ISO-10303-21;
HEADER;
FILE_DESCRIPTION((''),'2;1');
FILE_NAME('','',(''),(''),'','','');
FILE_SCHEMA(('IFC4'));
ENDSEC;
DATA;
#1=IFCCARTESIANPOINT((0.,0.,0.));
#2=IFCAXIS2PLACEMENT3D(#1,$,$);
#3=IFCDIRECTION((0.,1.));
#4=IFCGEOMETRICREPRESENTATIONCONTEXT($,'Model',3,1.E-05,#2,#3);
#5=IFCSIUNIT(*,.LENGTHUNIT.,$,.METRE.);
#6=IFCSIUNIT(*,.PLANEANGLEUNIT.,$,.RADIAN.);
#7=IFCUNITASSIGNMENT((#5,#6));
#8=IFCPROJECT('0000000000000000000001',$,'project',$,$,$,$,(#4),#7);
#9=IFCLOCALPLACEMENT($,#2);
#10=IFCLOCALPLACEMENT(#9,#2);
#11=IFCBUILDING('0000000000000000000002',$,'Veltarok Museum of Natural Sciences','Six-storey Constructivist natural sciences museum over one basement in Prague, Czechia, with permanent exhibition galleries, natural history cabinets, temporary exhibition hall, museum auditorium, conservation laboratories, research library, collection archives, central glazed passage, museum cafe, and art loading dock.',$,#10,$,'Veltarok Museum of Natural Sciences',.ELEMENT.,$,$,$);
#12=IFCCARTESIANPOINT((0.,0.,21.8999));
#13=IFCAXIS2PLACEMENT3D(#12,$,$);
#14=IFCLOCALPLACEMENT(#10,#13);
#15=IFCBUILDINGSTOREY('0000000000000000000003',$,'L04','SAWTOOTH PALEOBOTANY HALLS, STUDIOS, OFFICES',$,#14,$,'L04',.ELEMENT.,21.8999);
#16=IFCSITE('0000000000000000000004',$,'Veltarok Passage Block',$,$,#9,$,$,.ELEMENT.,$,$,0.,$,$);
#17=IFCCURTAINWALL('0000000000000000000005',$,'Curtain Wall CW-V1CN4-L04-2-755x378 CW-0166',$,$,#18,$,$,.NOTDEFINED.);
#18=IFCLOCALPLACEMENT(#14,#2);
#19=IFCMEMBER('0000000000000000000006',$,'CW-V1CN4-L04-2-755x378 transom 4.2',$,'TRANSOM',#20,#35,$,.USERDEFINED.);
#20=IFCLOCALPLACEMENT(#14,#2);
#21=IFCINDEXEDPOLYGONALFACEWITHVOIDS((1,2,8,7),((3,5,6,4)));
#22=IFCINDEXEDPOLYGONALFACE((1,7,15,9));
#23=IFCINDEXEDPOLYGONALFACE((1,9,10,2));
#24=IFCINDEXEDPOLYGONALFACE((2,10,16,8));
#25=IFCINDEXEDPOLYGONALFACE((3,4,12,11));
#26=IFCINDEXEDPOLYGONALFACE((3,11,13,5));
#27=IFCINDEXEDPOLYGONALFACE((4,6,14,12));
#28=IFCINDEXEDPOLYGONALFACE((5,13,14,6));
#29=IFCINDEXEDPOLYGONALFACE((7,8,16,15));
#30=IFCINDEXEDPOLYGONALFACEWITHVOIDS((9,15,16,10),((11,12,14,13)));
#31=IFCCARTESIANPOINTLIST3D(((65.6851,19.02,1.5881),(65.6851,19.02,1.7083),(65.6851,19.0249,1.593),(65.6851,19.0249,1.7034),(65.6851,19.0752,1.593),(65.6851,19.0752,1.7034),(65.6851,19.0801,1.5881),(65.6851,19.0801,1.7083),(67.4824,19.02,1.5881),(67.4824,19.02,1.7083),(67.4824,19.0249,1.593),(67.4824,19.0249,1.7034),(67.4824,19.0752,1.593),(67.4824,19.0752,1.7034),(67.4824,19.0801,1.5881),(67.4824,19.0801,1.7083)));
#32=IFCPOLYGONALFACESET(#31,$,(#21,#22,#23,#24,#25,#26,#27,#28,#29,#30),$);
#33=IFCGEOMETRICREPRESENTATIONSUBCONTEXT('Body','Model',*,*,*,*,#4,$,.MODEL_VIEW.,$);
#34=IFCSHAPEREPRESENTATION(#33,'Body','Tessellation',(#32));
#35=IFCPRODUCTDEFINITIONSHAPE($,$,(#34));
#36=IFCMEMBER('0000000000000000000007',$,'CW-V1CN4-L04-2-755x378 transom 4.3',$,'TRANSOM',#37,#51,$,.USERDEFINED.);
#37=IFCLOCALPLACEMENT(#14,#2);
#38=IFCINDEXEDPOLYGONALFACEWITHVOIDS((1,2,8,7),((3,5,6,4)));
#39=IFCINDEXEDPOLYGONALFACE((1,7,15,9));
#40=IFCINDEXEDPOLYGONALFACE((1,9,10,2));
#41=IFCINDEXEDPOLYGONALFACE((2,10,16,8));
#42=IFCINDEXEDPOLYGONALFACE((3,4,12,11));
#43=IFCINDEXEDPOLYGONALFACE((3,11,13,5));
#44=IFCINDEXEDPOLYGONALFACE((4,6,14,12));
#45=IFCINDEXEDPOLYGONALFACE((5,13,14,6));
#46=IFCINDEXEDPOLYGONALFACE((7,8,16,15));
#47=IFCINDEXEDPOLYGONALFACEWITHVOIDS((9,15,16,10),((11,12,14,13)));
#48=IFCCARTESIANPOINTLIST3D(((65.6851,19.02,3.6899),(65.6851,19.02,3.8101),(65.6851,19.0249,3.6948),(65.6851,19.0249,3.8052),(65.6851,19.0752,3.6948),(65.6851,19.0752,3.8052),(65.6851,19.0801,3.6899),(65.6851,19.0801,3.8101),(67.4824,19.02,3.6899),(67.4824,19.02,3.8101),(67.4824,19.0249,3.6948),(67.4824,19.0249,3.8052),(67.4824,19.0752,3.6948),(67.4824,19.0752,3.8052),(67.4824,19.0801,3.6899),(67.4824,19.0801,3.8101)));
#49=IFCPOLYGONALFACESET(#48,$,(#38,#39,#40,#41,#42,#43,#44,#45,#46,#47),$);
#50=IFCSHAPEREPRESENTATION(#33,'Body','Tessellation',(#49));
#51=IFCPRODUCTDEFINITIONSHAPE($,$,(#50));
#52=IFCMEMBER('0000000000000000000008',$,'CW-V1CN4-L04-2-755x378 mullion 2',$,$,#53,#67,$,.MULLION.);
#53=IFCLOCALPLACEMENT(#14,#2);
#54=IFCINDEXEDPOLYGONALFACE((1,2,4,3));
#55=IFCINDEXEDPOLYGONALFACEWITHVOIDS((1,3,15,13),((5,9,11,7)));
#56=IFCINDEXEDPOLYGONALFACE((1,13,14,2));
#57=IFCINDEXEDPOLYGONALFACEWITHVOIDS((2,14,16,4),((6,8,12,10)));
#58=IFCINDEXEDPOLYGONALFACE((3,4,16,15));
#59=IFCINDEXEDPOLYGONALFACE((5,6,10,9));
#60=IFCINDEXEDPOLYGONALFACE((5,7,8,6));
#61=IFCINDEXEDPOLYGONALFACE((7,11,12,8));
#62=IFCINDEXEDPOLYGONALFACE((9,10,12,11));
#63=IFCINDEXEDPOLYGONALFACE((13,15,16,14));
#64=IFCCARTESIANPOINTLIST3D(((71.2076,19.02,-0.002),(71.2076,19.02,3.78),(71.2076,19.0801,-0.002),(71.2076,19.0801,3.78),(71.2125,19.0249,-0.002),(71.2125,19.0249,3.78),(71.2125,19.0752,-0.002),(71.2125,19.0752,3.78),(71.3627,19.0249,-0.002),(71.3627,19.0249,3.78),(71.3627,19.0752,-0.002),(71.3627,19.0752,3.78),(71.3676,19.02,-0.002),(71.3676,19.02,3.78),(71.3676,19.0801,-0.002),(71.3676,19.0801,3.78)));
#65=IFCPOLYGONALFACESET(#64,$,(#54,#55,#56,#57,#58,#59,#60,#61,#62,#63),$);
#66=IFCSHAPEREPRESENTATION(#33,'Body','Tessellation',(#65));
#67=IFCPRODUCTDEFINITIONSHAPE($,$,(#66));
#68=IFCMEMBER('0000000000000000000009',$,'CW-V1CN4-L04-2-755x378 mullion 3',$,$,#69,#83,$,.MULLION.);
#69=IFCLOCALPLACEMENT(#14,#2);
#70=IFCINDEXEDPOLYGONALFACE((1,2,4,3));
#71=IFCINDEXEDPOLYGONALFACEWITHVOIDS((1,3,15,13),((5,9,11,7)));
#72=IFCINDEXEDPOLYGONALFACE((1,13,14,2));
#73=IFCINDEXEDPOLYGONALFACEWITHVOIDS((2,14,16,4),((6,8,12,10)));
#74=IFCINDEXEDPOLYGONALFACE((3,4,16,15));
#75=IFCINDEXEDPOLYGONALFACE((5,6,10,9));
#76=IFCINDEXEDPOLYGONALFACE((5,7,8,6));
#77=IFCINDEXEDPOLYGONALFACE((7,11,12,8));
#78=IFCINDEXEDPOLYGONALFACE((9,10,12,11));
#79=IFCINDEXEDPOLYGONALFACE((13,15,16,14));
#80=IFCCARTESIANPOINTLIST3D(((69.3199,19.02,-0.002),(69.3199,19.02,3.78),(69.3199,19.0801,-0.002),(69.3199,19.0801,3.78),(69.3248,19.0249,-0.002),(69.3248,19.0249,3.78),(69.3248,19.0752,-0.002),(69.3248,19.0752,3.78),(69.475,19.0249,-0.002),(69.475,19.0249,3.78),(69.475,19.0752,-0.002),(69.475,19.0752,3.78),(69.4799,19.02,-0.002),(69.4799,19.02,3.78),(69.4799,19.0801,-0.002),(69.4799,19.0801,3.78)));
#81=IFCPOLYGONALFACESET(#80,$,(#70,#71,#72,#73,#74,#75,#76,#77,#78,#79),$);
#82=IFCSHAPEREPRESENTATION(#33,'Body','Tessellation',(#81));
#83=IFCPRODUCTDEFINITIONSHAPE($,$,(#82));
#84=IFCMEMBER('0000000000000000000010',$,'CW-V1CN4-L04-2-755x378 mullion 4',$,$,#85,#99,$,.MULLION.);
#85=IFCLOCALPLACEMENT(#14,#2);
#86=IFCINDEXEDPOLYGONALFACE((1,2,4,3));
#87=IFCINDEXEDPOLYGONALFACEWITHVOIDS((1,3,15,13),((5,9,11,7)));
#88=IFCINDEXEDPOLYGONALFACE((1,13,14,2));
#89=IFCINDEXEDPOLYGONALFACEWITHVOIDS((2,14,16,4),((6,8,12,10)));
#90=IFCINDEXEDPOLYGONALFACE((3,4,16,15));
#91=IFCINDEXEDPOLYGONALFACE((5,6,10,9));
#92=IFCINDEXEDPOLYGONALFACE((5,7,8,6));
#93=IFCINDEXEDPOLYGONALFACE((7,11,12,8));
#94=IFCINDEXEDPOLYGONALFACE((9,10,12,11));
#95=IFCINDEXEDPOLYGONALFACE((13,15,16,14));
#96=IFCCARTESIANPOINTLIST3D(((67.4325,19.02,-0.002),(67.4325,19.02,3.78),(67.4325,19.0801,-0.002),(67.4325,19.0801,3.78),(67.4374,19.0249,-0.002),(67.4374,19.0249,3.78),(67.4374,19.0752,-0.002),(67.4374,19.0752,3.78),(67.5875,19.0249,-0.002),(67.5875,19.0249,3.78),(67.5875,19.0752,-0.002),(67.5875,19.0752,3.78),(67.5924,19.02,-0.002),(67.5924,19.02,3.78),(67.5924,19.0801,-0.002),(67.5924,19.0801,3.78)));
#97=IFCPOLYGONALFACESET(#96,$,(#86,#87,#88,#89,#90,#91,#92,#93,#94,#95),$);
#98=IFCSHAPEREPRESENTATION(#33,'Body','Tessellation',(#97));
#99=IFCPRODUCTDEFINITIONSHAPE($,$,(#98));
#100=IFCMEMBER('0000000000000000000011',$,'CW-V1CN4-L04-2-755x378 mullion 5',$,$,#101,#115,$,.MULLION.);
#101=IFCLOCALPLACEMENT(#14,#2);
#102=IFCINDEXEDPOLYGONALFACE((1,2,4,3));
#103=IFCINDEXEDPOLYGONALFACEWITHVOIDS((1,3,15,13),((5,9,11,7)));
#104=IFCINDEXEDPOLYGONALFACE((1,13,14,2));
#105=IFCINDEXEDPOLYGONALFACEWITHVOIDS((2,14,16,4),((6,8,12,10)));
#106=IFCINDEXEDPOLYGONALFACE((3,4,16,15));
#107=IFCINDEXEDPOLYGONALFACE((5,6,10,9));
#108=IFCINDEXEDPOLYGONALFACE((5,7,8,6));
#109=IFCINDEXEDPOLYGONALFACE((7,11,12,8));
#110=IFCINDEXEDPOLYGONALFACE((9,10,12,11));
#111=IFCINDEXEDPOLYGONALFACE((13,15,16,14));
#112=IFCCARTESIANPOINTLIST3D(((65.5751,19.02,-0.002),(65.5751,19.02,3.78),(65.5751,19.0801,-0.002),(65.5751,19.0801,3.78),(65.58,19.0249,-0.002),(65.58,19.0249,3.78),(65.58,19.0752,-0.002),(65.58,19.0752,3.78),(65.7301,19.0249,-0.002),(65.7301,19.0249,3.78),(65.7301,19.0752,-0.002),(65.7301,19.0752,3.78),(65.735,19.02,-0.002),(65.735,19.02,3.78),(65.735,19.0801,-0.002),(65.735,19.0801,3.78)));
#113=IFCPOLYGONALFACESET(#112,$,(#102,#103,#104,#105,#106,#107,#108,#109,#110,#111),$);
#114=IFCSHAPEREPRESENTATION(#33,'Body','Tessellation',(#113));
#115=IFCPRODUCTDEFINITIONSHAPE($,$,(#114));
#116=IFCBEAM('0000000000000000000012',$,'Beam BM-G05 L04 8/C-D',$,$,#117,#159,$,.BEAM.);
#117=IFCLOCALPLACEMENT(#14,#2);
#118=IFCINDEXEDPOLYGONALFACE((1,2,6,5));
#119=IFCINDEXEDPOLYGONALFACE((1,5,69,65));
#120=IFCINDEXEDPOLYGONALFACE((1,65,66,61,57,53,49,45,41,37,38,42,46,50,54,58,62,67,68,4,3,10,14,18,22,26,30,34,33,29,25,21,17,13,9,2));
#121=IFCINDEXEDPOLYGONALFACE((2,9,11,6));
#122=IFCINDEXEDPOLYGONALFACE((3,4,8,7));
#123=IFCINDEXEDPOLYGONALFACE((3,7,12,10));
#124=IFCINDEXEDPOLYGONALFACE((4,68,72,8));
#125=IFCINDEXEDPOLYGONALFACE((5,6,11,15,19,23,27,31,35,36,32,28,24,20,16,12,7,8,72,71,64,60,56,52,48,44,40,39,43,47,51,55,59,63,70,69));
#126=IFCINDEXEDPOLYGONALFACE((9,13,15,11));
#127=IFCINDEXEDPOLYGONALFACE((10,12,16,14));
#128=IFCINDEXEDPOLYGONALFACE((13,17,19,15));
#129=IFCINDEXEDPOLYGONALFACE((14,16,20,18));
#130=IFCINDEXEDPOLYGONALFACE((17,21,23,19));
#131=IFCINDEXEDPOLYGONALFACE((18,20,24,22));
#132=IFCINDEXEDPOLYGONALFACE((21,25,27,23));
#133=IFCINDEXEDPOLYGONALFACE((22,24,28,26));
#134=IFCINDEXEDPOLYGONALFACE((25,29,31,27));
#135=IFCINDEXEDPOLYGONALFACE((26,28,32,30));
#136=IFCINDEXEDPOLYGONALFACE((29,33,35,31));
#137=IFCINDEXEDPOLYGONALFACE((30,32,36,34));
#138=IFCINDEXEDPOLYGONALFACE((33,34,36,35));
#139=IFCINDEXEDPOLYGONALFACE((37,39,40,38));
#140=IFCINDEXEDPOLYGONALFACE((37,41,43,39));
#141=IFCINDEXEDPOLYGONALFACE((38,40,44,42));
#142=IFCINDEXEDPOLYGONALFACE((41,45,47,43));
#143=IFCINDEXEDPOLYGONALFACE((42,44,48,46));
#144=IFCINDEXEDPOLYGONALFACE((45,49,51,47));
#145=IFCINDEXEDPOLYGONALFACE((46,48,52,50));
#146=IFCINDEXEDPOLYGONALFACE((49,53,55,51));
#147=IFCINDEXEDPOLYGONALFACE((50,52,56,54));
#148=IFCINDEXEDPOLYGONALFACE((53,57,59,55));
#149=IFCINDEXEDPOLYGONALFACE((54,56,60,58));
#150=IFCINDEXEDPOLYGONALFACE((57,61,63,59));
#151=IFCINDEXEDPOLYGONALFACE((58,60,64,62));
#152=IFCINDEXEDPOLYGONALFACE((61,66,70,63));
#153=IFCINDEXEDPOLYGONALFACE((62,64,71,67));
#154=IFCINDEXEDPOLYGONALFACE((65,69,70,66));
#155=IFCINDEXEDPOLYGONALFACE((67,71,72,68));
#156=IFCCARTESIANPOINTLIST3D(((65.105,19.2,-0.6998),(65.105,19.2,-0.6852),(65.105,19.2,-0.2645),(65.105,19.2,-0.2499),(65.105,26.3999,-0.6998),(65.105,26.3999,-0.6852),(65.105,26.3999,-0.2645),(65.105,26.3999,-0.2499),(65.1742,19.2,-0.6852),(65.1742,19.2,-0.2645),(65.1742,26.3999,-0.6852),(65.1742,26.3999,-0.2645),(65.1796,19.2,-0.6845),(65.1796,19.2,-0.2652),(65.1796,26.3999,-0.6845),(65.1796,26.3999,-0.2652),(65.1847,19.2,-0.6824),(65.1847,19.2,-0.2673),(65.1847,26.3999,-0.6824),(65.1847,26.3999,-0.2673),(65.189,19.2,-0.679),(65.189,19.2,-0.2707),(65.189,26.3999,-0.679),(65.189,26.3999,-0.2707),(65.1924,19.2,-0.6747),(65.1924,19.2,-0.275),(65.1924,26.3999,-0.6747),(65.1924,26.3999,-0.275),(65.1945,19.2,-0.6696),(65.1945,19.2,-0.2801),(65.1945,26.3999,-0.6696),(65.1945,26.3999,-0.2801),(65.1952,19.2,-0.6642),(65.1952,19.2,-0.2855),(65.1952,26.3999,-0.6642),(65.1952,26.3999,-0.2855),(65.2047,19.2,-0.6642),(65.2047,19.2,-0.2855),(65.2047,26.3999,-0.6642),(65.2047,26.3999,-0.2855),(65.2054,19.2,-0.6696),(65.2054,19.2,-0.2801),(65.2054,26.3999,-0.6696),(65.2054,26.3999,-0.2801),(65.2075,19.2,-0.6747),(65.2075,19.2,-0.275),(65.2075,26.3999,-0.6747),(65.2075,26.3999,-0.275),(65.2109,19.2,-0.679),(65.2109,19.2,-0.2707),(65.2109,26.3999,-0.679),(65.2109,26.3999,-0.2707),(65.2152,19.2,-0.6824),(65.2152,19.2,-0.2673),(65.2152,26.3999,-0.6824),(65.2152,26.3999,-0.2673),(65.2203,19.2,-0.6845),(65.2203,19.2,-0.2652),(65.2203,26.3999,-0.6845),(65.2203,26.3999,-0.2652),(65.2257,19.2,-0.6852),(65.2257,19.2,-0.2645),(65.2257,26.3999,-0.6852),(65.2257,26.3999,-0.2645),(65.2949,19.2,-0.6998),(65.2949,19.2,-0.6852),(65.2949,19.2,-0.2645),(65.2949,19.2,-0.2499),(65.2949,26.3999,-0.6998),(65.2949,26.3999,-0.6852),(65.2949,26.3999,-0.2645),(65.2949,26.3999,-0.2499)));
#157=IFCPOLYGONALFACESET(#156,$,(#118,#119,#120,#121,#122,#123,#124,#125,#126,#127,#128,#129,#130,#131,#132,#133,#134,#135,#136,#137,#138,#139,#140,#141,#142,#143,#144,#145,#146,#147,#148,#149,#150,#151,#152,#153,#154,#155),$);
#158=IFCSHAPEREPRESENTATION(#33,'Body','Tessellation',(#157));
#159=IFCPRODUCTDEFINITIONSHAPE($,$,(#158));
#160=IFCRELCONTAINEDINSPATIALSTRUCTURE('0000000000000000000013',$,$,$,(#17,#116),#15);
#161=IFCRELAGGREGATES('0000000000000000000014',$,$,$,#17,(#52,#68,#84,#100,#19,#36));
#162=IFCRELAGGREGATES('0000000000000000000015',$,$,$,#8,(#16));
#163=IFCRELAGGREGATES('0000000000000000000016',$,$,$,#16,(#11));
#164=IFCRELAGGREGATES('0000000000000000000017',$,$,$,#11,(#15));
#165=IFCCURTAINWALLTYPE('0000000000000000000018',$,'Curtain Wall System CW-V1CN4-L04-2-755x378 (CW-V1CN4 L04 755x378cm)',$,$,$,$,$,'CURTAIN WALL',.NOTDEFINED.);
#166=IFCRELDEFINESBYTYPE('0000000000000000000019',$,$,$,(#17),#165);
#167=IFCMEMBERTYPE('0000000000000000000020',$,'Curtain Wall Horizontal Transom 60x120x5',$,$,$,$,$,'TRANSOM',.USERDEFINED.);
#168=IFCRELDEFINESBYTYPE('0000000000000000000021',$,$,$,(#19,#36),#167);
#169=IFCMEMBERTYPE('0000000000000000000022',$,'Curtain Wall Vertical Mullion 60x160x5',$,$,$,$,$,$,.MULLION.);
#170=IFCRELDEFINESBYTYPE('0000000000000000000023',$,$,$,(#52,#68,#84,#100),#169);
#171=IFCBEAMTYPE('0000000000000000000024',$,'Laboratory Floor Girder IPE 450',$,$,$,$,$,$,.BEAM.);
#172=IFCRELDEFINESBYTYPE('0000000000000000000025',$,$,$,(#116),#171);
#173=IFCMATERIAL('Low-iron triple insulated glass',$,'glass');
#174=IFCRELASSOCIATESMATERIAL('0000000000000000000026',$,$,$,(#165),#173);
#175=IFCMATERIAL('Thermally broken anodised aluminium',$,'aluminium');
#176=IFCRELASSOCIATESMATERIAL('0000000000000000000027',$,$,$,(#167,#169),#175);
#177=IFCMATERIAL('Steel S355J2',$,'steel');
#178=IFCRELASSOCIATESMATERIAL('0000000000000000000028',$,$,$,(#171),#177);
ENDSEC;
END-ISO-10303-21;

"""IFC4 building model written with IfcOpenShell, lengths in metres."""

from ifc_helpers import new_model, si_unit, direction, frame, origin, origin_2d, place, context, subcontext, project, spatial, hollow_rectangle, i_section, extrude, material, material_profile, profile_set, type_object, element, aggregate, save


model = new_model("IFC4")

# Units and contexts
model_context = context("Model", 3, precision=1e-05, world=origin(), true_north=direction((0.0, 1.0)))
body_context = subcontext(model_context, "Body", "Model", "MODEL_VIEW")
ifc_project = project(units=[si_unit("LENGTHUNIT", "METRE"), si_unit("PLANEANGLEUNIT", "RADIAN")], contexts=[model_context])

# Site, building, storey
site_placement = place(None, origin())
site = spatial("IfcSite", under=ifc_project, at=site_placement, Name="Veltarok Passage Block", CompositionType="ELEMENT", RefElevation=0.0)
building_placement = place(site_placement, origin())
building = spatial("IfcBuilding", under=site, at=building_placement, Name="Veltarok Museum of Natural Sciences", Description="Six-storey Constructivist natural sciences museum over one basement in Prague, Czechia, with permanent exhibition galleries, natural history cabinets, temporary exhibition hall, museum auditorium, conservation laboratories, research library, collection archives, central glazed passage, museum cafe, and art loading dock.", LongName="Veltarok Museum of Natural Sciences", CompositionType="ELEMENT")
storey_placement = place(building_placement, frame((0.0, 0.0, 21.8999)))
storey = spatial("IfcBuildingStorey", under=building, at=storey_placement, Name="L04", Description="SAWTOOTH PALEOBOTANY HALLS, STUDIOS, OFFICES", LongName="L04", CompositionType="ELEMENT", Elevation=21.8999)

# Shared definitions
ifc_material_1 = material(Name="Steel S355J2", Category="steel")

# Curtain wall, members
ifc_material_2 = material(Name="Low-iron triple insulated glass", Category="glass")
curtain_wall_type = type_object("IfcCurtainWallType", Name="Curtain Wall System CW-V1CN4-L04-2-755x378 (CW-V1CN4 L04 755x378cm)", ElementType="CURTAIN WALL", PredefinedType="NOTDEFINED", material=ifc_material_2)
curtain_wall_placement = place(storey_placement, origin())
curtain_wall = element("IfcCurtainWall", 1, at=curtain_wall_placement, inside=storey, type_object=curtain_wall_type, Name="Curtain Wall CW-V1CN4-L04-2-755x378 CW-0166", PredefinedType="NOTDEFINED")
ifc_material_3 = material(Name="Thermally broken anodised aluminium", Category="aluminium")
ifc_material_profile_1 = material_profile(ifc_material_3, hollow_rectangle(XDim=0.0601, YDim=0.1201, WallThickness=0.0049, at=origin_2d()), Name="CW TRANSOM 60x120x5")
ifc_profile_set_1 = profile_set([ifc_material_profile_1], Name="Thermally broken anodised aluminium")
member_type_1 = type_object("IfcMemberType", Name="Curtain Wall Horizontal Transom 60x120x5", ElementType="TRANSOM", PredefinedType="USERDEFINED", material=ifc_profile_set_1)
member_1_placement = place(storey_placement, frame((67.4824, 19.05, 1.6482), z_axis=(-1.0, 0.0, 0.0), x_axis=(0.0, -1.0, 0.0)))
member_1 = element("IfcMember", 2, at=member_1_placement, type_object=member_type_1, Name="CW-V1CN4-L04-2-755x378 transom 4.2", ObjectType="TRANSOM", PredefinedType="USERDEFINED", context=body_context, shape_type="SweptSolid", body=[
    extrude(hollow_rectangle(XDim=0.0601, YDim=0.1201, WallThickness=0.0049, at=origin_2d()), origin(), (0.0, 0.0, 1.0), 1.7974),
])
member_2_placement = place(storey_placement, frame((67.4824, 19.05, 3.75), z_axis=(-1.0, 0.0, 0.0), x_axis=(0.0, -1.0, 0.0)))
member_2 = element("IfcMember", 3, at=member_2_placement, type_object=member_type_1, Name="CW-V1CN4-L04-2-755x378 transom 4.3", ObjectType="TRANSOM", PredefinedType="USERDEFINED", context=body_context, shape_type="SweptSolid", body=[
    extrude(hollow_rectangle(XDim=0.0601, YDim=0.1201, WallThickness=0.0049, at=origin_2d()), origin(), (0.0, 0.0, 1.0), 1.7974),
])
ifc_material_profile_2 = material_profile(ifc_material_3, hollow_rectangle(XDim=0.0601, YDim=0.1599, WallThickness=0.0049, at=origin_2d()), Name="CW MULLION 60x160x5")
ifc_profile_set_2 = profile_set([ifc_material_profile_2], Name="Thermally broken anodised aluminium")
member_type_2 = type_object("IfcMemberType", Name="Curtain Wall Vertical Mullion 60x160x5", PredefinedType="MULLION", material=ifc_profile_set_2)
member_3_placement = place(storey_placement, frame((71.2876, 19.05, -0.002), z_axis=(0.0, 0.0, 1.0), x_axis=(0.0, -1.0, 0.0)))
member_3 = element("IfcMember", 4, at=member_3_placement, type_object=member_type_2, Name="CW-V1CN4-L04-2-755x378 mullion 2", PredefinedType="MULLION", context=body_context, shape_type="SweptSolid", body=[
    extrude(hollow_rectangle(XDim=0.0601, YDim=0.1599, WallThickness=0.0049, at=origin_2d()), origin(), (0.0, 0.0, 1.0), 3.782),
])
member_4_placement = place(storey_placement, frame((69.3999, 19.05, -0.002), z_axis=(0.0, 0.0, 1.0), x_axis=(0.0, -1.0, 0.0)))
member_4 = element("IfcMember", 5, at=member_4_placement, type_object=member_type_2, Name="CW-V1CN4-L04-2-755x378 mullion 3", PredefinedType="MULLION", context=body_context, shape_type="SweptSolid", body=[
    extrude(hollow_rectangle(XDim=0.0601, YDim=0.1599, WallThickness=0.0049, at=origin_2d()), origin(), (0.0, 0.0, 1.0), 3.782),
])
member_5_placement = place(storey_placement, frame((67.5125, 19.05, -0.002), z_axis=(0.0, 0.0, 1.0), x_axis=(0.0, -1.0, 0.0)))
member_5 = element("IfcMember", 6, at=member_5_placement, type_object=member_type_2, Name="CW-V1CN4-L04-2-755x378 mullion 4", PredefinedType="MULLION", context=body_context, shape_type="SweptSolid", body=[
    extrude(hollow_rectangle(XDim=0.0601, YDim=0.1599, WallThickness=0.0049, at=origin_2d()), origin(), (0.0, 0.0, 1.0), 3.782),
])
member_6_placement = place(storey_placement, frame((65.655, 19.05, -0.002), z_axis=(0.0, 0.0, 1.0), x_axis=(0.0, -1.0, 0.0)))
member_6 = element("IfcMember", 7, at=member_6_placement, type_object=member_type_2, Name="CW-V1CN4-L04-2-755x378 mullion 5", PredefinedType="MULLION", context=body_context, shape_type="SweptSolid", body=[
    extrude(hollow_rectangle(XDim=0.0601, YDim=0.1599, WallThickness=0.0049, at=origin_2d()), origin(), (0.0, 0.0, 1.0), 3.782),
])

# Beam
ifc_material_profile_3 = material_profile(ifc_material_1, i_section(OverallWidth=0.1899, OverallDepth=0.45, WebThickness=0.0095, FlangeThickness=0.0146, FilletRadius=0.021, at=origin_2d()), Name="IPE 450")
ifc_profile_set_3 = profile_set([ifc_material_profile_3], Name="Steel S355J2")
beam_type_1 = type_object("IfcBeamType", Name="Laboratory Floor Girder IPE 450", PredefinedType="BEAM", material=ifc_profile_set_3)
beam_1_placement = place(storey_placement, frame((65.2, 19.2, -0.4749), z_axis=(0.0, 1.0, 0.0), x_axis=(-1.0, 0.0, 0.0)))
element("IfcBeam", 8, at=beam_1_placement, inside=storey, type_object=beam_type_1, Name="Beam BM-G05 L04 8/C-D", PredefinedType="BEAM", context=body_context, shape_type="SweptSolid", body=[
    extrude(i_section(OverallWidth=0.1899, OverallDepth=0.45, WebThickness=0.0095, FlangeThickness=0.0146, FilletRadius=0.021, at=origin_2d()), origin(), (0.0, 0.0, 1.0), 7.2),
])

aggregate(curtain_wall, [member_3, member_4, member_5, member_6, member_1, member_2])

save(model, "model.ifc")
